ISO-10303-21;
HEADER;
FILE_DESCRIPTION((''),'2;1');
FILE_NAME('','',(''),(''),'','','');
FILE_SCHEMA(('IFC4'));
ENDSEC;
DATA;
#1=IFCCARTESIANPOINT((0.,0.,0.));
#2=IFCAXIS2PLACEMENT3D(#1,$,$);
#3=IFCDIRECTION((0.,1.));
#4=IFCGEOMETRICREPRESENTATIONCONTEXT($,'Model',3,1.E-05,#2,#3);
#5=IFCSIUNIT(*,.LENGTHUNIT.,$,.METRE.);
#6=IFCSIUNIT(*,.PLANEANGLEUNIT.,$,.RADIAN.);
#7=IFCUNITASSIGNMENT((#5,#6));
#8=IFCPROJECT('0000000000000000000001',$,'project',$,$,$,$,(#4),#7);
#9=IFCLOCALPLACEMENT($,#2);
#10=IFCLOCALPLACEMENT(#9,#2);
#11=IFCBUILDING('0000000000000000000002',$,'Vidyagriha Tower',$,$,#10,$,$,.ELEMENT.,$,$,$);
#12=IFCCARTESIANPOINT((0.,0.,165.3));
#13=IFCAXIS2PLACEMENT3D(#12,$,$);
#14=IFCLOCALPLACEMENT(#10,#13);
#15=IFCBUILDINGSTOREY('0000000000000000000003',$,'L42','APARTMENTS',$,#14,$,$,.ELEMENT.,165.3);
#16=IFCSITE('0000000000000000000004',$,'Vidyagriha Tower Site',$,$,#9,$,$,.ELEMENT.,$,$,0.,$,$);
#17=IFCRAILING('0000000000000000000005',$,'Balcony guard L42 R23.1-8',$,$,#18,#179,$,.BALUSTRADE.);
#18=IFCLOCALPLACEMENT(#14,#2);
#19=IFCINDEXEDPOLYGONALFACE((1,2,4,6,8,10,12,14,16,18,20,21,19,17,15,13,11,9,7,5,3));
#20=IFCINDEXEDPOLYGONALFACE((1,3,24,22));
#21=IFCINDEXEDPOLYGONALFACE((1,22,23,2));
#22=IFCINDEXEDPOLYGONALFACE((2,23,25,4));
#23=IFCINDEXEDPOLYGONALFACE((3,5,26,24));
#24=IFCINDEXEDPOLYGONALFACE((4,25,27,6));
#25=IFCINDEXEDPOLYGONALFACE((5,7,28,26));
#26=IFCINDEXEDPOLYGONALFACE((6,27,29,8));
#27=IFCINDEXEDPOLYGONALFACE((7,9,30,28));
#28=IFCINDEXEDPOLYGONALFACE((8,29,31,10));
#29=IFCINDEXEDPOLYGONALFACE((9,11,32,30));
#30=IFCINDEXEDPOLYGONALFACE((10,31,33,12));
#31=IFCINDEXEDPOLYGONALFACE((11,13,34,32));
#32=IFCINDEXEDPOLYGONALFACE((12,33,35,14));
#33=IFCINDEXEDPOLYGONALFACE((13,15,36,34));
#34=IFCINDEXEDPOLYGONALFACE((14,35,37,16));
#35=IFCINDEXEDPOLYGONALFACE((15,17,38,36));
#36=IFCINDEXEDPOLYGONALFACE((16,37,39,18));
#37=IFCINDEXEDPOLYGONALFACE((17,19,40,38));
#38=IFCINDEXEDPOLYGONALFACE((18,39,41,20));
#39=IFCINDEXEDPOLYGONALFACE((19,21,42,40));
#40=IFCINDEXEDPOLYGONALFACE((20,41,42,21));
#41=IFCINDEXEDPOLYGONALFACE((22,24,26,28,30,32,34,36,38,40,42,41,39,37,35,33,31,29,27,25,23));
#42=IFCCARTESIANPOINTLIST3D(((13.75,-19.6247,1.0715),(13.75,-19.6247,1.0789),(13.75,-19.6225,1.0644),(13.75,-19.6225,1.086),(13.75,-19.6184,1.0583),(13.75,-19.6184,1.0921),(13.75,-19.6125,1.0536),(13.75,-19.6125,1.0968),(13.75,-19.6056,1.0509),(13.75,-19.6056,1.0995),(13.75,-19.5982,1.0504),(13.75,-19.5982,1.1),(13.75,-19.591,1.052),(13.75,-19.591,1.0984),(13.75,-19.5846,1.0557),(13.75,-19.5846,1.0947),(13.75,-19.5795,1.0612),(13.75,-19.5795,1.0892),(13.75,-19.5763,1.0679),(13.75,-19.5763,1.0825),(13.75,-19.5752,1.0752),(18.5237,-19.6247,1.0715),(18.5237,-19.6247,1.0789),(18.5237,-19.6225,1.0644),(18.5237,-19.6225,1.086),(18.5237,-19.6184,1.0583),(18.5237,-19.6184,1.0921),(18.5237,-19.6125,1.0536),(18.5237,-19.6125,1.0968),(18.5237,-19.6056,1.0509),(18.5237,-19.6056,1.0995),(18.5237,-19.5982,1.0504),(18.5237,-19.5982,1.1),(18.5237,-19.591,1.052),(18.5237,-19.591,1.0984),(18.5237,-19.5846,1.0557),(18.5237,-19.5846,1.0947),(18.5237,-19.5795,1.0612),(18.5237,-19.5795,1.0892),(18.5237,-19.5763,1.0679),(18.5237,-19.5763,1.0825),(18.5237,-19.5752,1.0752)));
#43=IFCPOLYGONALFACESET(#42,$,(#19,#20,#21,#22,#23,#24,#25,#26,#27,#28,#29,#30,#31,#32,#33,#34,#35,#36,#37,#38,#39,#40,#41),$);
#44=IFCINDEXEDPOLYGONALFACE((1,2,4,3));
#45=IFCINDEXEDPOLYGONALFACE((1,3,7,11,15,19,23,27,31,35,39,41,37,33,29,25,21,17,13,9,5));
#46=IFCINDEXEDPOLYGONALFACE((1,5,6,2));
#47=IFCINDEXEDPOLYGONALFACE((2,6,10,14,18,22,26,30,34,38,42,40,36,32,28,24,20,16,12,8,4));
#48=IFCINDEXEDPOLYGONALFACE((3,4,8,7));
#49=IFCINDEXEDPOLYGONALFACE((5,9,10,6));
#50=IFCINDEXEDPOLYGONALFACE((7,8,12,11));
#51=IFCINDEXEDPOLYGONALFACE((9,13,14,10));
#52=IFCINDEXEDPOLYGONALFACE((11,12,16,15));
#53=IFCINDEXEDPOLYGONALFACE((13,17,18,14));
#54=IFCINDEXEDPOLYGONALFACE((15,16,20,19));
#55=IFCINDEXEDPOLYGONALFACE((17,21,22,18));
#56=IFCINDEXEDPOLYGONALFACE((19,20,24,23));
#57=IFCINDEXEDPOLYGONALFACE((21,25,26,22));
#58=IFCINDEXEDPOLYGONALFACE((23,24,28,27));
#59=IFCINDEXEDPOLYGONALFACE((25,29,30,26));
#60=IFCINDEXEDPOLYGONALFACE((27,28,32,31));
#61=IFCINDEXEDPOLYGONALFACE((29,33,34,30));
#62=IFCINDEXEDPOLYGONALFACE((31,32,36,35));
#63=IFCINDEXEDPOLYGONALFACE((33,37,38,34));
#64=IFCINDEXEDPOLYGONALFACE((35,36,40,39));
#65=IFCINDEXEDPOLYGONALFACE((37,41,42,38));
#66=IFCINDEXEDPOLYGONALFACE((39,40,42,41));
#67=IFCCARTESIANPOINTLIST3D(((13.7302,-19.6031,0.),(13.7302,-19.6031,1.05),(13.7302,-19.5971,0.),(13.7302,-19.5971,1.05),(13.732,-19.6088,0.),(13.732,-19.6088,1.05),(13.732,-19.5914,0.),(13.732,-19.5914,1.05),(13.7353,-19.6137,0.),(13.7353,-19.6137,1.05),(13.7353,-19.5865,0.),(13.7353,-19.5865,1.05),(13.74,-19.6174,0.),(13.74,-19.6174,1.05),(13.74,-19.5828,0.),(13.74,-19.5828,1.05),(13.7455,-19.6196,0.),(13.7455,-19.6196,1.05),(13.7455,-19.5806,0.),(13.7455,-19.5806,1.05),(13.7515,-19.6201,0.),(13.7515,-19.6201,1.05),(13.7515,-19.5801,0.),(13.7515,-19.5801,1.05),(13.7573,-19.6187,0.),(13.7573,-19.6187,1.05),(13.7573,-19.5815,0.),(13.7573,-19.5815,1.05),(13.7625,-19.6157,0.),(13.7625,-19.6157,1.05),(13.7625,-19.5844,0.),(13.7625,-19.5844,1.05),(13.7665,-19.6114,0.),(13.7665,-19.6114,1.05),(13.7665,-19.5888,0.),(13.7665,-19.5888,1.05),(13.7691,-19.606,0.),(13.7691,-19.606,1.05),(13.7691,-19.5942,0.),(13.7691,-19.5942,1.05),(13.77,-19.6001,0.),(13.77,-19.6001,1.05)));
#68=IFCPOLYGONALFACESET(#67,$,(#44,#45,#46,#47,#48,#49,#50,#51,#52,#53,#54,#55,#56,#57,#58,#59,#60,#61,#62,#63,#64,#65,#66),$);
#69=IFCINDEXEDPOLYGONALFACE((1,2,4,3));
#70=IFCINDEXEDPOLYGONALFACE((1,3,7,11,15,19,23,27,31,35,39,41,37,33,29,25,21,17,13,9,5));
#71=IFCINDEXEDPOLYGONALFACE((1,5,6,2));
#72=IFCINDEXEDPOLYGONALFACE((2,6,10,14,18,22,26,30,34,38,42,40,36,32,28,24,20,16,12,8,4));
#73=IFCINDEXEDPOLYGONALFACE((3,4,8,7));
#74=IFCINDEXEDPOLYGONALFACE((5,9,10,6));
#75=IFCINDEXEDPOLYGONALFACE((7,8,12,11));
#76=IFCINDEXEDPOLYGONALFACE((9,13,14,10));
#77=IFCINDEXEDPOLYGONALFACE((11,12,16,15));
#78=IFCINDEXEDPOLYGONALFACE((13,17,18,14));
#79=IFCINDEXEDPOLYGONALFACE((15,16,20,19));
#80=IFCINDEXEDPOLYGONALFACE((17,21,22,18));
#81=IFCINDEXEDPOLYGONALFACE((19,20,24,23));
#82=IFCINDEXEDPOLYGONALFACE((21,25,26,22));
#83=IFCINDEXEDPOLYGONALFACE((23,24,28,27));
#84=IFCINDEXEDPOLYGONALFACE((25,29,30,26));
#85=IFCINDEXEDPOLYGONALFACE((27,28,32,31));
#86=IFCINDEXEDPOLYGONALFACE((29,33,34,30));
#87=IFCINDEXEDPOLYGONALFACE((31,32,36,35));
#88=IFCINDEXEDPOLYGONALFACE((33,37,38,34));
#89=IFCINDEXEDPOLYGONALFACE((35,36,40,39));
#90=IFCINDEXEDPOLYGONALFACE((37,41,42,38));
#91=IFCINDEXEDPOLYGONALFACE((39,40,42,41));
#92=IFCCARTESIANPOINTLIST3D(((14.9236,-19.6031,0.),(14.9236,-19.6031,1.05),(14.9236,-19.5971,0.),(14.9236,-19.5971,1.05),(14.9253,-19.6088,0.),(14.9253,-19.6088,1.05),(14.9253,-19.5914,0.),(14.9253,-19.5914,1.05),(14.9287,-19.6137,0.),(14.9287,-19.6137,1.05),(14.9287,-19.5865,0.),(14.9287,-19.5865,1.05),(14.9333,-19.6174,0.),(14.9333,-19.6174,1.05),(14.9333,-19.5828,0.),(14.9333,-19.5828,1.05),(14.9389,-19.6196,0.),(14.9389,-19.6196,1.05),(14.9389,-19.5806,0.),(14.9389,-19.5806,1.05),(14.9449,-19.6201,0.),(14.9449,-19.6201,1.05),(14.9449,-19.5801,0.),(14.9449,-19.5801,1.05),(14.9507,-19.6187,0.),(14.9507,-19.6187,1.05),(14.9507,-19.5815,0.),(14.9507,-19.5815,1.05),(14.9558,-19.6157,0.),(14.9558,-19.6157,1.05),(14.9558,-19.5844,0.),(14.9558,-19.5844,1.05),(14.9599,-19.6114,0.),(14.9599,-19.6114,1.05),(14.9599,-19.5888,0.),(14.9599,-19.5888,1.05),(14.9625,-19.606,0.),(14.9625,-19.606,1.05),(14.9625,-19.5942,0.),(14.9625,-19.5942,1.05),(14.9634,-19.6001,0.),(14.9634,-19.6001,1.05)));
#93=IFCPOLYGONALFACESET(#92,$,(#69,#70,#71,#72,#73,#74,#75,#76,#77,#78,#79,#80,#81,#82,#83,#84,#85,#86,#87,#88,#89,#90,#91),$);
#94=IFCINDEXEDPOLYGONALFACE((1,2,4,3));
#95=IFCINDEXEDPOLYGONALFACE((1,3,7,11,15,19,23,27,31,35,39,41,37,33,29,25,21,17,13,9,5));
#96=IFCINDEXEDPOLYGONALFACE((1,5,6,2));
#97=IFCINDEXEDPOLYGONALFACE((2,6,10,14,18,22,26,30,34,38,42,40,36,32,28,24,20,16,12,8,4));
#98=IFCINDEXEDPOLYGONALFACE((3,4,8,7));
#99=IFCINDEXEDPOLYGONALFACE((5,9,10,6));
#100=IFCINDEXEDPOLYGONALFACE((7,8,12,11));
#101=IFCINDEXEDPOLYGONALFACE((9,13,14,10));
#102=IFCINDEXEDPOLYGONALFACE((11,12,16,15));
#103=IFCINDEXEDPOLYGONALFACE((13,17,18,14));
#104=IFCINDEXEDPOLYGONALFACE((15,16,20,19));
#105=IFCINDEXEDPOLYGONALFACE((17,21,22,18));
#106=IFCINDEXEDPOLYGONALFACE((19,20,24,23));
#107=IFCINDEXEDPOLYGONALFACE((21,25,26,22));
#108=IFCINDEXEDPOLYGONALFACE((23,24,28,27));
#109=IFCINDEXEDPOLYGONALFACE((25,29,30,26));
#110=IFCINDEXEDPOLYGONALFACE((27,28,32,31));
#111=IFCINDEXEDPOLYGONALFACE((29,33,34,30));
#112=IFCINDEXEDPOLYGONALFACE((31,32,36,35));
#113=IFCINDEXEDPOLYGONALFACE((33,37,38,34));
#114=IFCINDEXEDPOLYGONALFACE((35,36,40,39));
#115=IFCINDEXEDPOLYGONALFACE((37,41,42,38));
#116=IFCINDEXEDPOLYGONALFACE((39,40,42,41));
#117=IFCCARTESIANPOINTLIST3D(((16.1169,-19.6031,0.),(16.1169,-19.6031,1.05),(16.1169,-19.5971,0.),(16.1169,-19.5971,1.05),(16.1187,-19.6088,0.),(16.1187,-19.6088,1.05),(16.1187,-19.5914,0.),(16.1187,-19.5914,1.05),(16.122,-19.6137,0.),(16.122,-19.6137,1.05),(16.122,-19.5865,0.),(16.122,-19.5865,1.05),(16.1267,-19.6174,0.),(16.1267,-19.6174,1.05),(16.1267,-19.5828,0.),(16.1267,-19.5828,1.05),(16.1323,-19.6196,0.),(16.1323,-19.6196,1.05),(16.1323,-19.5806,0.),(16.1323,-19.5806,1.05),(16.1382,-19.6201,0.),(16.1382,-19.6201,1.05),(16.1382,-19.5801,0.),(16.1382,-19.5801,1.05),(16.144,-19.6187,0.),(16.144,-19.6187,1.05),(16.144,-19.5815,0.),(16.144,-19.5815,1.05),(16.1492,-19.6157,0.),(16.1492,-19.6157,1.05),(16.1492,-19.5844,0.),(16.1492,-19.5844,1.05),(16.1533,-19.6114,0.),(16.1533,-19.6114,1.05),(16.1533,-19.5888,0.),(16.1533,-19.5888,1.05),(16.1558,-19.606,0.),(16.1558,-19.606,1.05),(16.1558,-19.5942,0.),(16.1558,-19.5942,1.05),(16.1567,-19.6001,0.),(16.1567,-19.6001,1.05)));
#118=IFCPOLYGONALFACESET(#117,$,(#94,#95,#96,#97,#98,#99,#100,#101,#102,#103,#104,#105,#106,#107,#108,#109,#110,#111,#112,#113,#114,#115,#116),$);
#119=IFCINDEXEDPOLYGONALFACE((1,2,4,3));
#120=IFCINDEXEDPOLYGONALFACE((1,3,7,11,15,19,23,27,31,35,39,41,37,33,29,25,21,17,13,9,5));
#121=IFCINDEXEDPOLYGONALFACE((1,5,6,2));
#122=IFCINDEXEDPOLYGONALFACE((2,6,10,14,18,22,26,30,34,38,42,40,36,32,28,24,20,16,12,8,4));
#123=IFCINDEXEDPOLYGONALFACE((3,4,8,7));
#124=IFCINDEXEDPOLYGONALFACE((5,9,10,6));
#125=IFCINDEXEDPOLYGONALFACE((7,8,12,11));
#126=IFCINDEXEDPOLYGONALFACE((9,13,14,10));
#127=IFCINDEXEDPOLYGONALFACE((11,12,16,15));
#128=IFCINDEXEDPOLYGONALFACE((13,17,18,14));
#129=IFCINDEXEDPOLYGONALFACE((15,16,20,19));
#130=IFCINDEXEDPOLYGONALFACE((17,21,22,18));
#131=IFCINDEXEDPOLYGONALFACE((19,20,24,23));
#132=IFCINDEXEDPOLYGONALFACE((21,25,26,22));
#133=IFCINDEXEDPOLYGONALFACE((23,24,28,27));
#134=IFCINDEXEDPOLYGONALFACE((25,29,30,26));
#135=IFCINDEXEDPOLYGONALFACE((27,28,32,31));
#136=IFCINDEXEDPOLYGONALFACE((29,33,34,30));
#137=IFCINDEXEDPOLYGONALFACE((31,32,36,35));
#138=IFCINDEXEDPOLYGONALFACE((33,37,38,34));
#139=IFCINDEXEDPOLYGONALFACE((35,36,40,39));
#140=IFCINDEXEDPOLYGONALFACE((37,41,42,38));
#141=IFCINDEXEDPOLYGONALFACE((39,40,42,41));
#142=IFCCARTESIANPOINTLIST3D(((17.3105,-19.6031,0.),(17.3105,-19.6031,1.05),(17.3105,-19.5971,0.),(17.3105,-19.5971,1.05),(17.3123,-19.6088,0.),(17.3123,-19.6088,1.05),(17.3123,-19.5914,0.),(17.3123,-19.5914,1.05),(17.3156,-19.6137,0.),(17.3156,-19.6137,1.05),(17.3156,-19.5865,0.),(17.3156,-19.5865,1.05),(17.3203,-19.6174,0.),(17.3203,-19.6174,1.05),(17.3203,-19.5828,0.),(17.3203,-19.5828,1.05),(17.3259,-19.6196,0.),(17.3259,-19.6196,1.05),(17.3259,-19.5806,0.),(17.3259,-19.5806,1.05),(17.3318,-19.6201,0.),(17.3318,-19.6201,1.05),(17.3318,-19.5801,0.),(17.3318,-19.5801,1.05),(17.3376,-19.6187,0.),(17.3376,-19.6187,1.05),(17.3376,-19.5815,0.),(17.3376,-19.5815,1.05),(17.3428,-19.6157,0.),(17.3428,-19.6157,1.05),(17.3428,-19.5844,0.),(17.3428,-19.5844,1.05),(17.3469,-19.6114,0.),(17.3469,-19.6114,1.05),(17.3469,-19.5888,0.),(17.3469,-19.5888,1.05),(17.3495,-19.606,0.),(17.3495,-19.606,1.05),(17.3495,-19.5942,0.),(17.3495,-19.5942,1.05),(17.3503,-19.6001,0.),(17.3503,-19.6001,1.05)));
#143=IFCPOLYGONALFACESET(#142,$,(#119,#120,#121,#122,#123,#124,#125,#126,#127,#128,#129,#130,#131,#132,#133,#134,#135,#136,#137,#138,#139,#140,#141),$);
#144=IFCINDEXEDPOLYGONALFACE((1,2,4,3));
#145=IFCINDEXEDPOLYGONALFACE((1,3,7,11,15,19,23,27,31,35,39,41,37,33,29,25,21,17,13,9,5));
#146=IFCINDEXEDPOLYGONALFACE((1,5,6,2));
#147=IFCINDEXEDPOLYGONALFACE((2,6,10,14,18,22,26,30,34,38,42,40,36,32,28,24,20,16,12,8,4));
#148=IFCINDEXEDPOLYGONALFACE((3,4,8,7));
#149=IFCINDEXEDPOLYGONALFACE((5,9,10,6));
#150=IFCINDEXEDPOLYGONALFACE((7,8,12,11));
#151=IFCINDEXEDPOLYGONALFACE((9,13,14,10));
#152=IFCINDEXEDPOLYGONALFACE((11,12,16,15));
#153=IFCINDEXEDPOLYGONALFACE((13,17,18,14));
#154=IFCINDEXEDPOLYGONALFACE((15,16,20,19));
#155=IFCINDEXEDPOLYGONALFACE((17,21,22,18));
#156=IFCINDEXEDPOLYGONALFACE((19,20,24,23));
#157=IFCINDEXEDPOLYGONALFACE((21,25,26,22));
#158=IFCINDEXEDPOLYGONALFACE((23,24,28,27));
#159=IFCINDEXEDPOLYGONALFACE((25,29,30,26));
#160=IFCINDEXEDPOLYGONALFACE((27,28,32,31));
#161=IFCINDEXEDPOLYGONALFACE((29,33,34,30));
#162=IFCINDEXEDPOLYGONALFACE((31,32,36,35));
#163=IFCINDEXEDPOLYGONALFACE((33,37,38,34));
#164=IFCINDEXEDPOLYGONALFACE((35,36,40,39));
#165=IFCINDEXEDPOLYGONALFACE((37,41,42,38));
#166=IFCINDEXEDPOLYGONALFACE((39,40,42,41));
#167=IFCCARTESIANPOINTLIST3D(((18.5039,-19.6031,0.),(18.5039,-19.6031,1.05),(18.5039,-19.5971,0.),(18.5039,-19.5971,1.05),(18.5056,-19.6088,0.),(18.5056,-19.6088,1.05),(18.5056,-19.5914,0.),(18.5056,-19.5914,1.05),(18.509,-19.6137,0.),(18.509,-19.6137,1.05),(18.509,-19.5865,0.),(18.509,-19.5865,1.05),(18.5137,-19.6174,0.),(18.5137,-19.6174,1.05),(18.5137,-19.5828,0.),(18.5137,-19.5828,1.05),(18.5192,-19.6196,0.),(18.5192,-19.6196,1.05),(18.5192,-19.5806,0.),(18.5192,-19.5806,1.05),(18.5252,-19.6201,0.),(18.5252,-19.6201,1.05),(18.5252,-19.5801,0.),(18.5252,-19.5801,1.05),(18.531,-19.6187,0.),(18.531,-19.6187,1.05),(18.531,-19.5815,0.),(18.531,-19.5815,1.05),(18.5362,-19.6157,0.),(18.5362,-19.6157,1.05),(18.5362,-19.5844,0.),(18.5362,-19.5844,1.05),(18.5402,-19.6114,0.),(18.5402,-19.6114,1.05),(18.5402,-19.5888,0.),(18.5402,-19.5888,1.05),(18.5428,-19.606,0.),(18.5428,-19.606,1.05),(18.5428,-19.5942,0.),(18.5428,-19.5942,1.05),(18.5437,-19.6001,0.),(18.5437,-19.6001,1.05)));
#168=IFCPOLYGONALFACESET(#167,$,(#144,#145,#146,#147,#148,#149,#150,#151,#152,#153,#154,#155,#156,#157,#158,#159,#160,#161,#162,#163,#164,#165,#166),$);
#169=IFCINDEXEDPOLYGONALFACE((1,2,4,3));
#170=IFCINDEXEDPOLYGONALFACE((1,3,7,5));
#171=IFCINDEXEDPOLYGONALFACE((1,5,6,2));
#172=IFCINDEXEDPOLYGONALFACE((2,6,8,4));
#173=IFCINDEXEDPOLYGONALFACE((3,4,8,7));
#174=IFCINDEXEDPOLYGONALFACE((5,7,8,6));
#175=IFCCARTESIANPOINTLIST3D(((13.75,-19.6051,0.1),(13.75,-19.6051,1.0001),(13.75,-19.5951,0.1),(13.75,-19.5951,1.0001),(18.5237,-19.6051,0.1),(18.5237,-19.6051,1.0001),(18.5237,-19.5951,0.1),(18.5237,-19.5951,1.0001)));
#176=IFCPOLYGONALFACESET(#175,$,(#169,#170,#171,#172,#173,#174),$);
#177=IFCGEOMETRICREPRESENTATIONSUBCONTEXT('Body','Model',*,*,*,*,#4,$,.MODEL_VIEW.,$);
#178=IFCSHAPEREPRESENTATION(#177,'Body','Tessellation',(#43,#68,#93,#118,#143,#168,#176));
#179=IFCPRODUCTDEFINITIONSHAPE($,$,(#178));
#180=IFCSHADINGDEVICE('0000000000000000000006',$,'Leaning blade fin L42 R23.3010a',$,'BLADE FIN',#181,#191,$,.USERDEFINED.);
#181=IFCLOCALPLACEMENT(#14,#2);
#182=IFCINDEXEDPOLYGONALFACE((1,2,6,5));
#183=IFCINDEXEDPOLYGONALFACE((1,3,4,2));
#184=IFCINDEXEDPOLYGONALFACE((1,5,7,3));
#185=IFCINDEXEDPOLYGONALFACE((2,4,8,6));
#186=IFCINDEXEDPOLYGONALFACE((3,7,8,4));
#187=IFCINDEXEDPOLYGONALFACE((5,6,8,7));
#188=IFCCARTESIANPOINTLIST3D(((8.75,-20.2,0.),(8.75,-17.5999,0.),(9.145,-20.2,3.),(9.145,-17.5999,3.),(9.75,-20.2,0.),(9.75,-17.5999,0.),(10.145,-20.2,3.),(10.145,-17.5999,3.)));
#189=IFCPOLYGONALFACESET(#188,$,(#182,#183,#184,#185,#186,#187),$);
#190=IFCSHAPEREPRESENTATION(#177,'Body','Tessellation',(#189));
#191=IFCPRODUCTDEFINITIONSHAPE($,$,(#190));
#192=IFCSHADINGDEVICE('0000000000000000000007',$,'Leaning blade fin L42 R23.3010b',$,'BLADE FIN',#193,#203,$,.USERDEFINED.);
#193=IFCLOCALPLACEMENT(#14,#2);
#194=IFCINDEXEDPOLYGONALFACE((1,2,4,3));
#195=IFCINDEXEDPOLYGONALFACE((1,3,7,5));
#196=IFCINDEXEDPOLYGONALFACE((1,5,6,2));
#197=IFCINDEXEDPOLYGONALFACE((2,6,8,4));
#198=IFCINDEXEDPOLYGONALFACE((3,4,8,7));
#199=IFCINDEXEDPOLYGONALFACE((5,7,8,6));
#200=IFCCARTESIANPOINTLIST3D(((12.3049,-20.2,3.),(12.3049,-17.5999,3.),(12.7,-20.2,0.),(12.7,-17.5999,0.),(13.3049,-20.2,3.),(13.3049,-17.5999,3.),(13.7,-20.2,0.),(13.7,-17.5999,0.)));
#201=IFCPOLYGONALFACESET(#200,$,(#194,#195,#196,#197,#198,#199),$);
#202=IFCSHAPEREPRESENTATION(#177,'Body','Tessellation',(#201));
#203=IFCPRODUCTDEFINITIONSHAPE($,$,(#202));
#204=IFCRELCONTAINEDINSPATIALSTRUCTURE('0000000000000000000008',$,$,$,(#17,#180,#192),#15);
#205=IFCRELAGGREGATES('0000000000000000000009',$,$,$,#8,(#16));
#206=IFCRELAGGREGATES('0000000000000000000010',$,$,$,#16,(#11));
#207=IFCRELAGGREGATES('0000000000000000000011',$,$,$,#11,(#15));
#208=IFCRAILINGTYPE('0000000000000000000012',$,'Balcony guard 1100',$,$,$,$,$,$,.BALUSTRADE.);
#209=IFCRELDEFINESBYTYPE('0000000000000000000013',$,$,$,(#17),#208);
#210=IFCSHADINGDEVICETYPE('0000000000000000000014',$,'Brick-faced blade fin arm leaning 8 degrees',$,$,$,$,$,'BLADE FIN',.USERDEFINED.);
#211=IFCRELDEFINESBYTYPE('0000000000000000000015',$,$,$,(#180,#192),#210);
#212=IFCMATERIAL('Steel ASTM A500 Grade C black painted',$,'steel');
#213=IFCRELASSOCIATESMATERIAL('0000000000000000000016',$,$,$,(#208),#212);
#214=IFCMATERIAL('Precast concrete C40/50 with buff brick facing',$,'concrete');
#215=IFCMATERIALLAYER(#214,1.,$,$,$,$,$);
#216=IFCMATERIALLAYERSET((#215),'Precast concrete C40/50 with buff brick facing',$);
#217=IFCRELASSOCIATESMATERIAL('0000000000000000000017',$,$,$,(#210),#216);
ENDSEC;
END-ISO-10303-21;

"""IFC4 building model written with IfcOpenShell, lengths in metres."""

from ifc_helpers import new_model, si_unit, direction, frame, origin, origin_2d, place, context, subcontext, project, spatial, polyline, rectangle, circle, outline, extrude, material, layer, layer_set, type_object, element, save


model = new_model("IFC4")

# Units and contexts
model_context = context("Model", 3, precision=1e-05, world=origin(), true_north=direction((0.0, 1.0)))
body_context = subcontext(model_context, "Body", "Model", "MODEL_VIEW")
ifc_project = project(units=[si_unit("LENGTHUNIT", "METRE"), si_unit("PLANEANGLEUNIT", "RADIAN")], contexts=[model_context])

# Site, building, storey
site_placement = place(None, origin())
site = spatial("IfcSite", under=ifc_project, at=site_placement, Name="Vidyagriha Tower Site", CompositionType="ELEMENT", RefElevation=0.0)
building_placement = place(site_placement, origin())
building = spatial("IfcBuilding", under=site, at=building_placement, Name="Vidyagriha Tower", CompositionType="ELEMENT")
storey_placement = place(building_placement, frame((0.0, 0.0, 165.3)))
storey = spatial("IfcBuildingStorey", under=building, at=storey_placement, Name="L42", Description="APARTMENTS", CompositionType="ELEMENT", Elevation=165.3)

# Railing
ifc_material_1 = material(Name="Steel ASTM A500 Grade C black painted", Category="steel")
railing_type = type_object("IfcRailingType", Name="Balcony guard 1100", PredefinedType="BALUSTRADE", material=ifc_material_1)
railing_1_placement = place(storey_placement, frame((13.75, -19.6001, 0.0)))
element("IfcRailing", 1, at=railing_1_placement, inside=storey, type_object=railing_type, Name="Balcony guard L42 R23.1-8", PredefinedType="BALUSTRADE", context=body_context, shape_type="SweptSolid", body=[
    extrude(circle(Radius=0.0249, at=origin_2d()), frame((0.0, 0.0, 1.0752), z_axis=(1.0, 0.0, 0.0), x_axis=(0.0, 1.0, 0.0)), (0.0, 0.0, 1.0), 4.7737),
    extrude(circle(Radius=0.02, at=origin_2d()), origin(), (0.0, 0.0, 1.0), 1.05),
    extrude(circle(Radius=0.02, at=origin_2d()), frame((1.1934, 0.0, 0.0)), (0.0, 0.0, 1.0), 1.05),
    extrude(circle(Radius=0.02, at=origin_2d()), frame((2.3867, 0.0, 0.0)), (0.0, 0.0, 1.0), 1.05),
    extrude(circle(Radius=0.02, at=origin_2d()), frame((3.5803, 0.0, 0.0)), (0.0, 0.0, 1.0), 1.05),
    extrude(circle(Radius=0.02, at=origin_2d()), frame((4.7737, 0.0, 0.0)), (0.0, 0.0, 1.0), 1.05),
    extrude(rectangle(XDim=0.01, YDim=0.9001, at=origin_2d()), frame((0.0, 0.0, 0.55), z_axis=(1.0, 0.0, 0.0), x_axis=(0.0, 1.0, 0.0)), (0.0, 0.0, 1.0), 4.7737),
])

# Shading devices
ifc_material_2 = material(Name="Precast concrete C40/50 with buff brick facing", Category="concrete")
ifc_layer_1 = layer(ifc_material_2, 1.0)
ifc_layer_set_1 = layer_set([ifc_layer_1], Name="Precast concrete C40/50 with buff brick facing")
shading_device_type = type_object("IfcShadingDeviceType", Name="Brick-faced blade fin arm leaning 8 degrees", ElementType="BLADE FIN", PredefinedType="USERDEFINED", material=ifc_layer_set_1)
shading_device_1_placement = place(storey_placement, frame((8.75, -18.8999, 0.0)))
element("IfcShadingDevice", 2, at=shading_device_1_placement, inside=storey, type_object=shading_device_type, Name="Leaning blade fin L42 R23.3010a", ObjectType="BLADE FIN", PredefinedType="USERDEFINED", context=body_context, shape_type="SweptSolid", body=[
    extrude(outline(polyline([(0.0, 0.0), (1.0, 0.0), (1.395, 3.0), (0.395, 3.0), (0.0, 0.0)])), frame((0.0, 1.3, 0.0), z_axis=(0.0, -1.0, 0.0), x_axis=(1.0, 0.0, 0.0)), (0.0, 0.0, 1.0), 2.6001),
])
shading_device_2_placement = place(storey_placement, frame((12.3049, -18.8999, 0.0)))
element("IfcShadingDevice", 3, at=shading_device_2_placement, inside=storey, type_object=shading_device_type, Name="Leaning blade fin L42 R23.3010b", ObjectType="BLADE FIN", PredefinedType="USERDEFINED", context=body_context, shape_type="SweptSolid", body=[
    extrude(outline(polyline([(0.395, 0.0), (1.395, 0.0), (1.0, 3.0), (0.0, 3.0), (0.395, 0.0)])), frame((0.0, 1.3, 0.0), z_axis=(0.0, -1.0, 0.0), x_axis=(1.0, 0.0, 0.0)), (0.0, 0.0, 1.0), 2.6001),
])

save(model, "model.ifc")
